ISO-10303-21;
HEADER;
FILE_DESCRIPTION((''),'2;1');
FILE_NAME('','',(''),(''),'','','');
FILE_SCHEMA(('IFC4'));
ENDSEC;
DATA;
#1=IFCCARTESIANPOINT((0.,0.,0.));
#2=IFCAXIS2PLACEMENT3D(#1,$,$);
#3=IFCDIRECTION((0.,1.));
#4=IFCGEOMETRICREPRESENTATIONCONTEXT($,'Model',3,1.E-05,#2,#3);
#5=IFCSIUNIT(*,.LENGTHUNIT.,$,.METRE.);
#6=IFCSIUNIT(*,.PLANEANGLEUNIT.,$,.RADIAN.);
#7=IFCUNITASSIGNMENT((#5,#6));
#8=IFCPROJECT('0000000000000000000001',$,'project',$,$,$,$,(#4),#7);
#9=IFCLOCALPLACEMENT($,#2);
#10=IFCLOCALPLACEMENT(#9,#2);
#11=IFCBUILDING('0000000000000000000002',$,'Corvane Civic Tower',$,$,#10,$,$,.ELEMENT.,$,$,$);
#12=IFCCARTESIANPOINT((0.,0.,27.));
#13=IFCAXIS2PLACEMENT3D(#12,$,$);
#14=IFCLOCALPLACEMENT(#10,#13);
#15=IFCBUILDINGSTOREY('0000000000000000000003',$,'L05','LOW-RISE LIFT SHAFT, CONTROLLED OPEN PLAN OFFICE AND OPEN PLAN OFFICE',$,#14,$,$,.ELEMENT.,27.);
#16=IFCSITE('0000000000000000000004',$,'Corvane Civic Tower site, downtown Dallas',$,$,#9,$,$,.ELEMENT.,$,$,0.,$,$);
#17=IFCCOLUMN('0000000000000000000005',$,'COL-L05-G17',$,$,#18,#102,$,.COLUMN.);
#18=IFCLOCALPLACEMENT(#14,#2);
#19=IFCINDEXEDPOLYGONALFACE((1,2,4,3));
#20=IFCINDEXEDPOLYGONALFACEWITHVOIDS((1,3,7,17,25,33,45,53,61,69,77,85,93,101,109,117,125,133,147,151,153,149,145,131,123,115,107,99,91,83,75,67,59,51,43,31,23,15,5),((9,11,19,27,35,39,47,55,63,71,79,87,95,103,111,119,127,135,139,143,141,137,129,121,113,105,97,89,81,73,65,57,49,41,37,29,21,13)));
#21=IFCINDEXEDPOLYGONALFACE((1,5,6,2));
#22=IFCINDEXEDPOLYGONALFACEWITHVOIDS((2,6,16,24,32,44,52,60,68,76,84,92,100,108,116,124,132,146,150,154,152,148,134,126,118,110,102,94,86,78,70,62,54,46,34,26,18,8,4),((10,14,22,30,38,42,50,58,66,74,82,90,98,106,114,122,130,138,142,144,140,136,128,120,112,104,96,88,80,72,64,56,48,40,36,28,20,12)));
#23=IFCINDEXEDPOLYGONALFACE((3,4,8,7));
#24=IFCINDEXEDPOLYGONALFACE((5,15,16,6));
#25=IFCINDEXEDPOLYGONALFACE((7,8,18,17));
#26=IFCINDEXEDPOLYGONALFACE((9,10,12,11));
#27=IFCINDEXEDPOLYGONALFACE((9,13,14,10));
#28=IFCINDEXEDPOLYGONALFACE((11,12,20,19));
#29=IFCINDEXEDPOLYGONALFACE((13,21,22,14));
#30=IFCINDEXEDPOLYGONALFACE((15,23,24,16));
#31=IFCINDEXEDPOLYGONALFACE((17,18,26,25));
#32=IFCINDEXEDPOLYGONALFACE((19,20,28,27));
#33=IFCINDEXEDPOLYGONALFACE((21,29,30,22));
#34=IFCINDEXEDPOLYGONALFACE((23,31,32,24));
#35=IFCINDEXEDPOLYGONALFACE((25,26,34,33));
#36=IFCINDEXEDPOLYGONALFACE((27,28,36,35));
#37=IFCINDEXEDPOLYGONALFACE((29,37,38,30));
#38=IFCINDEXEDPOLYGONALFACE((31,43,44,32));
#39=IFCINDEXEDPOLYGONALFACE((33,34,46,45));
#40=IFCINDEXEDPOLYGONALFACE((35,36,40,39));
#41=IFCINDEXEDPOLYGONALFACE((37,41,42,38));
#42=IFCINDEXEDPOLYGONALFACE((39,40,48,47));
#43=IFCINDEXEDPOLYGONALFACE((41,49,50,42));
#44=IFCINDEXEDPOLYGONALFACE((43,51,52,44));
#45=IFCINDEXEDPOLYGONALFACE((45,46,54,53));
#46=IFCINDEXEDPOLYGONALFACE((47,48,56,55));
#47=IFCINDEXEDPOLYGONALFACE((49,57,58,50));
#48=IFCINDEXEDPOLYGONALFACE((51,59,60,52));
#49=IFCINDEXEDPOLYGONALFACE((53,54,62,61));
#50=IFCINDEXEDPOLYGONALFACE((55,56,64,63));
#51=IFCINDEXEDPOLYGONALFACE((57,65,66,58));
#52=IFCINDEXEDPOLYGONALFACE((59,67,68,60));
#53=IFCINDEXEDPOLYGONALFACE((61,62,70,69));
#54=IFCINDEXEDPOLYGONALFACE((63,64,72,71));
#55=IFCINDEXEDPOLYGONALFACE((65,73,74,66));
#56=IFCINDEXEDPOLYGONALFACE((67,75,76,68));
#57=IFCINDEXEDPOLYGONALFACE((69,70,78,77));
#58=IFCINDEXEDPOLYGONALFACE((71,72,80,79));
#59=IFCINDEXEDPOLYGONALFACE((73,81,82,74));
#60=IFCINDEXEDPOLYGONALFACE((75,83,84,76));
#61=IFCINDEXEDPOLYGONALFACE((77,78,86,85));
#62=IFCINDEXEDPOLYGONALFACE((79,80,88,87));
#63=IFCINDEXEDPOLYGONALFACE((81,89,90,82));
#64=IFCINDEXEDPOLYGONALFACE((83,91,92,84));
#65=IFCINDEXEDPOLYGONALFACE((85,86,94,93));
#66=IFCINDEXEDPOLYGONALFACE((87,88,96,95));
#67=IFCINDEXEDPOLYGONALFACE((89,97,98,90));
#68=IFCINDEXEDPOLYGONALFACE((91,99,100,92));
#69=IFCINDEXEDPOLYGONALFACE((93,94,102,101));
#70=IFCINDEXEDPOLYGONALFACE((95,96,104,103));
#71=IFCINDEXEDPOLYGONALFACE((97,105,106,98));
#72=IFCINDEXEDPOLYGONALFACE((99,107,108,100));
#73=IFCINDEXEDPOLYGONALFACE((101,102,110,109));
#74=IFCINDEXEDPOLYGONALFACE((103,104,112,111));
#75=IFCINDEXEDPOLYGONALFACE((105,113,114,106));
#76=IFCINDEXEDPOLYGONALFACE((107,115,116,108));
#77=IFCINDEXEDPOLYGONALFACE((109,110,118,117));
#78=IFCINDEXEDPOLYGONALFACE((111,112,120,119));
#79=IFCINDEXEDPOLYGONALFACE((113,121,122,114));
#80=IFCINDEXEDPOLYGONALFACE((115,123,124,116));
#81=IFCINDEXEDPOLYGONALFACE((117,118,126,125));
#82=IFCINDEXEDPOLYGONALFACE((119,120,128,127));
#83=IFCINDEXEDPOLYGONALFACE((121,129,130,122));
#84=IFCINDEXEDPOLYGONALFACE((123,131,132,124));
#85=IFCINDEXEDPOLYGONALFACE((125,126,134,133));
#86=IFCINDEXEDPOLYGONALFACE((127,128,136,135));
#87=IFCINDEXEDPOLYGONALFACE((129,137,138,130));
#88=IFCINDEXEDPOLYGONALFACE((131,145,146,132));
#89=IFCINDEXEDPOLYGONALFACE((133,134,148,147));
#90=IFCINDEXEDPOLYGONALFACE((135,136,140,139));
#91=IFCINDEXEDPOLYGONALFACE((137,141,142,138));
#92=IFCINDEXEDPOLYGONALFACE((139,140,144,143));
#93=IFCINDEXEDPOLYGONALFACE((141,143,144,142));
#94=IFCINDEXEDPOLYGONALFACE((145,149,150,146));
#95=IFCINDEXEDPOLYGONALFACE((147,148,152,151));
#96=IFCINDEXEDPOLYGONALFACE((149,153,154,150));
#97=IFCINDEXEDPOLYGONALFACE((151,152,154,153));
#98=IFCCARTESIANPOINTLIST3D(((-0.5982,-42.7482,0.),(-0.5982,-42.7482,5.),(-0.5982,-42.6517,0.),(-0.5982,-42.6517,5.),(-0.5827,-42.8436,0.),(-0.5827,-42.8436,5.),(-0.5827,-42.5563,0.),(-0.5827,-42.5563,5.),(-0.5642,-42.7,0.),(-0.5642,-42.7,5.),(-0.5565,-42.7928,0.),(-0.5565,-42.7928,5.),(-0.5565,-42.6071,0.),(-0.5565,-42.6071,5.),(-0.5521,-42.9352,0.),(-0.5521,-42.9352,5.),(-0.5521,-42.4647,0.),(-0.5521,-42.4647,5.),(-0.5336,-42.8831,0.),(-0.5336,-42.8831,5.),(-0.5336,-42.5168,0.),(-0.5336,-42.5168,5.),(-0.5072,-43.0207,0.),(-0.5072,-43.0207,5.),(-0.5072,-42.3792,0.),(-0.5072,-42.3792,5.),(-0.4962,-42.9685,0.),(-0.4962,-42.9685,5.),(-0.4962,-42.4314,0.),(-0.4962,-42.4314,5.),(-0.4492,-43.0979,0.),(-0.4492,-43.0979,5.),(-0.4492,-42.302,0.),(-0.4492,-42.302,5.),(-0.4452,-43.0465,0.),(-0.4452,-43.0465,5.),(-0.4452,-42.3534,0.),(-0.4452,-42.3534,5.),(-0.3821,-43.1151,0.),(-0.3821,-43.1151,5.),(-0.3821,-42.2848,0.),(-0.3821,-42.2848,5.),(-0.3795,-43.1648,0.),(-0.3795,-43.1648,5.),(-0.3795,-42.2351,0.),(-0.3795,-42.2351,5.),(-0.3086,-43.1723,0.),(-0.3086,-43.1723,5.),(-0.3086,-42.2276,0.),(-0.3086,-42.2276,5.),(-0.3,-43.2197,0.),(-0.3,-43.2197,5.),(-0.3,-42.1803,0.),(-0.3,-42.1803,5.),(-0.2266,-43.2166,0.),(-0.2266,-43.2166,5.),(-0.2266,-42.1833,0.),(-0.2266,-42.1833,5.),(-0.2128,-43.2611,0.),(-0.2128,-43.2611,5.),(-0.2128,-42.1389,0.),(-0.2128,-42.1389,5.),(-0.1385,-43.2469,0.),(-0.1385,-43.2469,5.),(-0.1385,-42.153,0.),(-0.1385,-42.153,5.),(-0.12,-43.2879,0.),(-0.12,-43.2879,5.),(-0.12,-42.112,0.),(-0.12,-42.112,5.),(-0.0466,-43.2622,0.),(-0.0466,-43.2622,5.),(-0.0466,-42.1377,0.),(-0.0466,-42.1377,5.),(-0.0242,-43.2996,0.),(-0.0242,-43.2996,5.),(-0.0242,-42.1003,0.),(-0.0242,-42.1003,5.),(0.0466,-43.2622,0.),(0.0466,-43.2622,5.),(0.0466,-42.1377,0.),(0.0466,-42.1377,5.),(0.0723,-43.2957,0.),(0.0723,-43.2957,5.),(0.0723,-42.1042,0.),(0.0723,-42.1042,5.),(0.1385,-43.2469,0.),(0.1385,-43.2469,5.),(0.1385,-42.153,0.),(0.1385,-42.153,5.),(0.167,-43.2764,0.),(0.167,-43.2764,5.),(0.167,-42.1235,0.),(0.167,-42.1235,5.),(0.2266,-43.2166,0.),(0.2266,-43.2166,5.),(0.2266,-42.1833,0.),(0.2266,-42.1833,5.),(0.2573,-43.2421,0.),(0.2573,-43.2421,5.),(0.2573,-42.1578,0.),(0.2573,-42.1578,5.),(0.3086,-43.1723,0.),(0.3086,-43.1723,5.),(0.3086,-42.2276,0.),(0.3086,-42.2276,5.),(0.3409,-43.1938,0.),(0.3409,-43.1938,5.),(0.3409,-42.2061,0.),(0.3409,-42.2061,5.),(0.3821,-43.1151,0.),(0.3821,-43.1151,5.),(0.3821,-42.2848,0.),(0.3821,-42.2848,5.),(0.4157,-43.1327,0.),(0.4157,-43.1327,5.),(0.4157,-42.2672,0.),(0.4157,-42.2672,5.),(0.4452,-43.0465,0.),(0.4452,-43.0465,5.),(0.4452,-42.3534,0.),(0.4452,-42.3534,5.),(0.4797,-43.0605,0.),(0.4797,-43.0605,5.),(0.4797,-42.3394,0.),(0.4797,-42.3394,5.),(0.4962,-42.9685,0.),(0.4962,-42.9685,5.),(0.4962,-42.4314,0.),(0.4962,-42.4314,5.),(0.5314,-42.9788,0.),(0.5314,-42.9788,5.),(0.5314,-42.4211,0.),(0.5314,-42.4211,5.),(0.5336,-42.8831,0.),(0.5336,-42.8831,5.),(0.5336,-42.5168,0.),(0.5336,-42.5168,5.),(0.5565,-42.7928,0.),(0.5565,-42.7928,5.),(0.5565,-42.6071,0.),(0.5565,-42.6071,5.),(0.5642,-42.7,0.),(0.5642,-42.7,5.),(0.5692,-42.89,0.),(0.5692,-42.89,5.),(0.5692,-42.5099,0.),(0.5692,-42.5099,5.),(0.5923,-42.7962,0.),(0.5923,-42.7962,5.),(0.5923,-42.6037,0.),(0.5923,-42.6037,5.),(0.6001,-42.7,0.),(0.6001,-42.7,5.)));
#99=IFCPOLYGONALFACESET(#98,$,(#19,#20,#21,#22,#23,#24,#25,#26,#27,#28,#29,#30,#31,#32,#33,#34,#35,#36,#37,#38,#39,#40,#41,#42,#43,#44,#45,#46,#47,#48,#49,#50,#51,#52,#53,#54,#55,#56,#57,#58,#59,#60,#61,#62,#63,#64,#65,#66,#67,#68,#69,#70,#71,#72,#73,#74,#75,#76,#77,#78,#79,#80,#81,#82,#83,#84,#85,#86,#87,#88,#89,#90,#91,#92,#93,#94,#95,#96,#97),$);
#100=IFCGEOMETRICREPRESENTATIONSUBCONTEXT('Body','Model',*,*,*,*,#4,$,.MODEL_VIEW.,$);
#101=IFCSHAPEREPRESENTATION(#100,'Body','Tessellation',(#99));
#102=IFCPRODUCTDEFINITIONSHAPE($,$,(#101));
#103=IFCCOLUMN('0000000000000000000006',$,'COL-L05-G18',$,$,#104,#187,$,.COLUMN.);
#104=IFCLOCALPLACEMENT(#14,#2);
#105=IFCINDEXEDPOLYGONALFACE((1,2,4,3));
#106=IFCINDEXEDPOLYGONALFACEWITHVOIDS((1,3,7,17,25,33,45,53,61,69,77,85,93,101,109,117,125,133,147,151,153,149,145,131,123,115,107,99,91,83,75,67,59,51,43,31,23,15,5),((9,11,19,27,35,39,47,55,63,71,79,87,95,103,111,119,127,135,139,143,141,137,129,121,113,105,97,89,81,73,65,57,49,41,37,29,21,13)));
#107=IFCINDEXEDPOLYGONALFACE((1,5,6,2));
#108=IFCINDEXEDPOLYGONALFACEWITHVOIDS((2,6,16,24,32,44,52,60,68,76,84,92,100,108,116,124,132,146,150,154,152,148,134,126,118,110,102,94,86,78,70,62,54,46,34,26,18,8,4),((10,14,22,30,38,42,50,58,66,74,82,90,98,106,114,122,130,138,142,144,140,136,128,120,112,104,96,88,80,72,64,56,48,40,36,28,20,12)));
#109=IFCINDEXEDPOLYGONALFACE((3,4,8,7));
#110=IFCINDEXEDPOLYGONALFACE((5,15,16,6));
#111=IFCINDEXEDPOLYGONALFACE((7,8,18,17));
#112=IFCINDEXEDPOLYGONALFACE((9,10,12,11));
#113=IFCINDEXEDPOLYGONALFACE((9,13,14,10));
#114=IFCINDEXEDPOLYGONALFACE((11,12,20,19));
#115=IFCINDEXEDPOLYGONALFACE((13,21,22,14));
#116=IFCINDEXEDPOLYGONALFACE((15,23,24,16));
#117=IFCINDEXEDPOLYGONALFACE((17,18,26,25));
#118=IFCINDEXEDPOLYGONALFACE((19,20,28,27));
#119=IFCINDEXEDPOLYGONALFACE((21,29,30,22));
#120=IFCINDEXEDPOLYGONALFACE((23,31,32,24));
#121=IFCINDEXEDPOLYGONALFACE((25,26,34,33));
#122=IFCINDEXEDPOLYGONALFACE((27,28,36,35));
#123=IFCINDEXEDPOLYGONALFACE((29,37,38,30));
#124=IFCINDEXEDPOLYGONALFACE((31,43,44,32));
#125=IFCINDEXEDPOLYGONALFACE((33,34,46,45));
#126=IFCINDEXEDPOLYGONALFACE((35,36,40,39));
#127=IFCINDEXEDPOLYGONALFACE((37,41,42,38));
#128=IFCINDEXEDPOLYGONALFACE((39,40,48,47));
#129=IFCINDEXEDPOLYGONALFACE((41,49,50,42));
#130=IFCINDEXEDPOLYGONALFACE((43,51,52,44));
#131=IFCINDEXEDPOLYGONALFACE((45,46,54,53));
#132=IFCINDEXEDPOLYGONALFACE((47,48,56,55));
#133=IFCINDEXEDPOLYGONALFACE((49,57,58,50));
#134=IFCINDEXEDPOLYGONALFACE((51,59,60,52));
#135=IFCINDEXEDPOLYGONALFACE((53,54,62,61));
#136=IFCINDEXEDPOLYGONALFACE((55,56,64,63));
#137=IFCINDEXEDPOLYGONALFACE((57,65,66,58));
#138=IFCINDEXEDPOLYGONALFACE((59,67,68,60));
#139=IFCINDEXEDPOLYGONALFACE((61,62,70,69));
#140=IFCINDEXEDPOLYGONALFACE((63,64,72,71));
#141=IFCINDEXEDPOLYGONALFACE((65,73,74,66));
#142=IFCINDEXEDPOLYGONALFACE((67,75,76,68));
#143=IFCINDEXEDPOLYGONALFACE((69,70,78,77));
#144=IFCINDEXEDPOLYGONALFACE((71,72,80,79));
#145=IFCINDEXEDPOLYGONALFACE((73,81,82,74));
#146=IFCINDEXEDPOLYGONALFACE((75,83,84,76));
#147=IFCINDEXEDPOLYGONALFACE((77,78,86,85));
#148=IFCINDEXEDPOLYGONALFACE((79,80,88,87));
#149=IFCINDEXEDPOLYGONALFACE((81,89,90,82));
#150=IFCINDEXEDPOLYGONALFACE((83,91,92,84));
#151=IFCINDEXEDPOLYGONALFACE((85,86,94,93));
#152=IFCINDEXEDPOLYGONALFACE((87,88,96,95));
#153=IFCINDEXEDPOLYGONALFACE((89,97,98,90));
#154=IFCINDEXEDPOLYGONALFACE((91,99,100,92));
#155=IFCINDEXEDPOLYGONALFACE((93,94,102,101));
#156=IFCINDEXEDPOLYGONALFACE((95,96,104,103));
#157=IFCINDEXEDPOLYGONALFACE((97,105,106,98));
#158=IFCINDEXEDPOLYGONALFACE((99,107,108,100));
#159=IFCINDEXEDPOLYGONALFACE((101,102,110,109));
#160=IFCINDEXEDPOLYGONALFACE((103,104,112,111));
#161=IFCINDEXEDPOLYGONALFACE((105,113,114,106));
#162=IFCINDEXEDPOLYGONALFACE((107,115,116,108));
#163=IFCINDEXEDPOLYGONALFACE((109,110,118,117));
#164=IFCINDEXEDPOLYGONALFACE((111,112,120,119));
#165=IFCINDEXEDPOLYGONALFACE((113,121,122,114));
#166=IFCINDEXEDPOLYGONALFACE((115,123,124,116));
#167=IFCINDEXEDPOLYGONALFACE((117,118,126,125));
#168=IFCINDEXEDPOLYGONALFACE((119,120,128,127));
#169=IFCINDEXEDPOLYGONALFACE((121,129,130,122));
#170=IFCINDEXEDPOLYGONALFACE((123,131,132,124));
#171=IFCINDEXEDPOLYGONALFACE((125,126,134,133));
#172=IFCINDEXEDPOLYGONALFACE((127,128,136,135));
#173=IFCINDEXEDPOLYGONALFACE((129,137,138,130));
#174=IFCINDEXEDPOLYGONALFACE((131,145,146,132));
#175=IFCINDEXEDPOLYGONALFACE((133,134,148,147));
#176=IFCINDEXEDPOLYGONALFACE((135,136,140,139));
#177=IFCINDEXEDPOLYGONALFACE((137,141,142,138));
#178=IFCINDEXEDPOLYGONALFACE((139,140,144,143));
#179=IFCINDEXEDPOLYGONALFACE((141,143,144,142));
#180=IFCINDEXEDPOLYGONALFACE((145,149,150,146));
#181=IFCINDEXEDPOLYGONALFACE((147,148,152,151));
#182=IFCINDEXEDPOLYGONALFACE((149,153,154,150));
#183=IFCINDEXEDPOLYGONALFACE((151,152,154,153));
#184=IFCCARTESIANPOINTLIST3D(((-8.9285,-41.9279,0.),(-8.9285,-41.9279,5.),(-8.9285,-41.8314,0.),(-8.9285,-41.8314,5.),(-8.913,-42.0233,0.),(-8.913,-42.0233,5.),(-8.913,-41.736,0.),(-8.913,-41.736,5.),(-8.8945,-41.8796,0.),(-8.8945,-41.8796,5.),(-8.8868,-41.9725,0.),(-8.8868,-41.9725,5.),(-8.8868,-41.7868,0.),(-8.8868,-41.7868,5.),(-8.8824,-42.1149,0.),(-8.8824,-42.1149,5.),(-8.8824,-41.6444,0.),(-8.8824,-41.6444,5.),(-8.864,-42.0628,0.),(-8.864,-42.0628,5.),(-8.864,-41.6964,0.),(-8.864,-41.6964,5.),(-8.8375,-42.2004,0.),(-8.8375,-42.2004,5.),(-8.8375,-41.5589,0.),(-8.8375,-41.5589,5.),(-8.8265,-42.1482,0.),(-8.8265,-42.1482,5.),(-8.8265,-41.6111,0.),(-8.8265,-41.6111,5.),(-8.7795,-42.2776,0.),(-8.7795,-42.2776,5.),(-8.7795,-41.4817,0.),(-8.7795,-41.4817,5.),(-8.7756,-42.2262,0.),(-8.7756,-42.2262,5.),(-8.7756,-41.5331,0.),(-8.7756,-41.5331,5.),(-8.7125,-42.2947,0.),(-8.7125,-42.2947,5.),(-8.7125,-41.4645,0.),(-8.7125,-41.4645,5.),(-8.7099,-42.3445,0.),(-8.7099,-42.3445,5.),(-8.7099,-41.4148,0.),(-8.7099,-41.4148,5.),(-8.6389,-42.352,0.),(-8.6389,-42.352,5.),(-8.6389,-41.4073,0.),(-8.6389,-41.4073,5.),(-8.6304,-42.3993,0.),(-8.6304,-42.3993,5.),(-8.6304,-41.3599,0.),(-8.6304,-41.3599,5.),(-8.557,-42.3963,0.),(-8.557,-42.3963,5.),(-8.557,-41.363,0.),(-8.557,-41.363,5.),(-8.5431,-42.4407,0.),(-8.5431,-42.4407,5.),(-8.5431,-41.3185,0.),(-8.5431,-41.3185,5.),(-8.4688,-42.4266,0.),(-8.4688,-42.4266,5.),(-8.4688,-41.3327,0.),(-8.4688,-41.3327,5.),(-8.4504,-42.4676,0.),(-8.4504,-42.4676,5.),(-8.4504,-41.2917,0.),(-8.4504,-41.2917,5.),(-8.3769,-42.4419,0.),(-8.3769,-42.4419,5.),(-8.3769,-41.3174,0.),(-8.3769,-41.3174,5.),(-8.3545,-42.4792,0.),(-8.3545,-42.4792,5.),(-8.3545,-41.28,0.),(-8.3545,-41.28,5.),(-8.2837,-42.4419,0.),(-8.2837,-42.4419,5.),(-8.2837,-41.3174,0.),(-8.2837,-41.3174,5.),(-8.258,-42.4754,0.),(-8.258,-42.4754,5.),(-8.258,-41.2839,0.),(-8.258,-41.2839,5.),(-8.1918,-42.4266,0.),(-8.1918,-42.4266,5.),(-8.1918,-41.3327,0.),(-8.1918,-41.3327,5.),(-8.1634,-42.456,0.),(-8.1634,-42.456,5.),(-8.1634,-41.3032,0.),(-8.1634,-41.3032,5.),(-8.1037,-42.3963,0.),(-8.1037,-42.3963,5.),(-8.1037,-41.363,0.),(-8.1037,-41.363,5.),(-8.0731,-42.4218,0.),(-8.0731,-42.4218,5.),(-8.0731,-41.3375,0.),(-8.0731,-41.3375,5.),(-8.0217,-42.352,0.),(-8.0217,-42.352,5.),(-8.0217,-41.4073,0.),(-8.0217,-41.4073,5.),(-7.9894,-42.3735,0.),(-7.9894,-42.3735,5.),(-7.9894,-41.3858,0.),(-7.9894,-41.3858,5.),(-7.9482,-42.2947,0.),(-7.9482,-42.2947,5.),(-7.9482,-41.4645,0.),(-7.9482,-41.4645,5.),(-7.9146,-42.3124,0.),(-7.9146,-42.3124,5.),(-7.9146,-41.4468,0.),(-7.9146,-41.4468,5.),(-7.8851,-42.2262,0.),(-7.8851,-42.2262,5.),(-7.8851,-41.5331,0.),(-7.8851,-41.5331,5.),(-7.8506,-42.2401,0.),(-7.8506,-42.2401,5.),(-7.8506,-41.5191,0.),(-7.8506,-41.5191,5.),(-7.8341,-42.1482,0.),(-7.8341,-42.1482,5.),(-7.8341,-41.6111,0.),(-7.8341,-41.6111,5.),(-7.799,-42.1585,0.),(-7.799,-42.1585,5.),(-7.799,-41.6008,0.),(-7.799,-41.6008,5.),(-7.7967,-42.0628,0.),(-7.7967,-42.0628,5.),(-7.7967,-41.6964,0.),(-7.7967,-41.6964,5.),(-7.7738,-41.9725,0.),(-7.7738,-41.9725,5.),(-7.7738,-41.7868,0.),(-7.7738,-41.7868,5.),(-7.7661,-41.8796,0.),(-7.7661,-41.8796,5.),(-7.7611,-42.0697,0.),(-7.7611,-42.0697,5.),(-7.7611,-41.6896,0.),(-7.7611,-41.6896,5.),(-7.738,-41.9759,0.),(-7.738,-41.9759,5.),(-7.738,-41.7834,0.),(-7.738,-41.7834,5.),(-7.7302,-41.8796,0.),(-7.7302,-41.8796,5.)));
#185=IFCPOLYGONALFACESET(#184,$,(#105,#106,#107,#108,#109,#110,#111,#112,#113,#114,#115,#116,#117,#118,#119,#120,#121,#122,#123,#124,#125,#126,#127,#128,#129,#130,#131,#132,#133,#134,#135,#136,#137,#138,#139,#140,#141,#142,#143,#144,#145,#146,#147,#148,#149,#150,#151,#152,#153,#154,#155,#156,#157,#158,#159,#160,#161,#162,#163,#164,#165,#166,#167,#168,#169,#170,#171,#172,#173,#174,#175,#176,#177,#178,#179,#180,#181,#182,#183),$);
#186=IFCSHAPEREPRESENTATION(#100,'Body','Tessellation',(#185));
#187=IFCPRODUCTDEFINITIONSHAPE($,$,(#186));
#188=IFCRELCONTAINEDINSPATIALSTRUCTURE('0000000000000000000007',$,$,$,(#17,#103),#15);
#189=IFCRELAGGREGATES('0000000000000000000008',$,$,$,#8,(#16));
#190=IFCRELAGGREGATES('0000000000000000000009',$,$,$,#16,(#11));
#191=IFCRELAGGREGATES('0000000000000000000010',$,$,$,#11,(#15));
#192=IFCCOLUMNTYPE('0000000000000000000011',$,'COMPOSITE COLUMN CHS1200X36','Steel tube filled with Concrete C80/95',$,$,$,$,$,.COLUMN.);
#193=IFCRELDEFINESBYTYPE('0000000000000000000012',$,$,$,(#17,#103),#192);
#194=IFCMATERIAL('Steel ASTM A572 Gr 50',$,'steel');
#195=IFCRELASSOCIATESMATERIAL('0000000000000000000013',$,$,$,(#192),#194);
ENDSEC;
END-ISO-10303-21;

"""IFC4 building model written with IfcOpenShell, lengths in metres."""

from ifc_helpers import new_model, si_unit, direction, frame, origin, origin_2d, place, context, subcontext, project, spatial, hollow_circle, extrude, material, material_profile, profile_set, type_object, element, save


model = new_model("IFC4")

# Units and contexts
model_context = context("Model", 3, precision=1e-05, world=origin(), true_north=direction((0.0, 1.0)))
body_context = subcontext(model_context, "Body", "Model", "MODEL_VIEW")
ifc_project = project(units=[si_unit("LENGTHUNIT", "METRE"), si_unit("PLANEANGLEUNIT", "RADIAN")], contexts=[model_context])

# Site, building, storey
site_placement = place(None, origin())
site = spatial("IfcSite", under=ifc_project, at=site_placement, Name="Corvane Civic Tower site, downtown Dallas", CompositionType="ELEMENT", RefElevation=0.0)
building_placement = place(site_placement, origin())
building = spatial("IfcBuilding", under=site, at=building_placement, Name="Corvane Civic Tower", CompositionType="ELEMENT")
storey_placement = place(building_placement, frame((0.0, 0.0, 27.0)))
storey = spatial("IfcBuildingStorey", under=building, at=storey_placement, Name="L05", Description="LOW-RISE LIFT SHAFT, CONTROLLED OPEN PLAN OFFICE AND OPEN PLAN OFFICE", CompositionType="ELEMENT", Elevation=27.0)

# Columns
ifc_material_1 = material(Name="Steel ASTM A572 Gr 50", Category="steel")
ifc_material_profile_1 = material_profile(ifc_material_1, hollow_circle(Radius=0.6001, WallThickness=0.0359, at=origin_2d()), Name="CHS1200X36")
ifc_profile_set_1 = profile_set([ifc_material_profile_1], Name="Steel ASTM A572 Gr 50")
column_type_1 = type_object("IfcColumnType", Name="COMPOSITE COLUMN CHS1200X36", Description="Steel tube filled with Concrete C80/95", PredefinedType="COLUMN", material=ifc_profile_set_1)
for number, where, z_axis, x_axis, name in (
    (1, (0.0, -42.7, 0.0), (0.0, 0.0, 1.0), (1.0, 0.0, 0.0), "COL-L05-G17"),
    (2, (-8.3303, -41.8796, 0.0), (0.0, 0.0, 1.0), (1.0, 0.0, 0.0), "COL-L05-G18"),
):
    element("IfcColumn", number, at=place(storey_placement, frame(where, z_axis=z_axis, x_axis=x_axis)), inside=storey, type_object=column_type_1, Name=name, PredefinedType="COLUMN", context=body_context, shape_type="SweptSolid", body=[
        extrude(hollow_circle(Radius=0.6001, WallThickness=0.0359, at=origin_2d()), origin(), (0.0, 0.0, 1.0), 5.0),
    ])

save(model, "model.ifc")
